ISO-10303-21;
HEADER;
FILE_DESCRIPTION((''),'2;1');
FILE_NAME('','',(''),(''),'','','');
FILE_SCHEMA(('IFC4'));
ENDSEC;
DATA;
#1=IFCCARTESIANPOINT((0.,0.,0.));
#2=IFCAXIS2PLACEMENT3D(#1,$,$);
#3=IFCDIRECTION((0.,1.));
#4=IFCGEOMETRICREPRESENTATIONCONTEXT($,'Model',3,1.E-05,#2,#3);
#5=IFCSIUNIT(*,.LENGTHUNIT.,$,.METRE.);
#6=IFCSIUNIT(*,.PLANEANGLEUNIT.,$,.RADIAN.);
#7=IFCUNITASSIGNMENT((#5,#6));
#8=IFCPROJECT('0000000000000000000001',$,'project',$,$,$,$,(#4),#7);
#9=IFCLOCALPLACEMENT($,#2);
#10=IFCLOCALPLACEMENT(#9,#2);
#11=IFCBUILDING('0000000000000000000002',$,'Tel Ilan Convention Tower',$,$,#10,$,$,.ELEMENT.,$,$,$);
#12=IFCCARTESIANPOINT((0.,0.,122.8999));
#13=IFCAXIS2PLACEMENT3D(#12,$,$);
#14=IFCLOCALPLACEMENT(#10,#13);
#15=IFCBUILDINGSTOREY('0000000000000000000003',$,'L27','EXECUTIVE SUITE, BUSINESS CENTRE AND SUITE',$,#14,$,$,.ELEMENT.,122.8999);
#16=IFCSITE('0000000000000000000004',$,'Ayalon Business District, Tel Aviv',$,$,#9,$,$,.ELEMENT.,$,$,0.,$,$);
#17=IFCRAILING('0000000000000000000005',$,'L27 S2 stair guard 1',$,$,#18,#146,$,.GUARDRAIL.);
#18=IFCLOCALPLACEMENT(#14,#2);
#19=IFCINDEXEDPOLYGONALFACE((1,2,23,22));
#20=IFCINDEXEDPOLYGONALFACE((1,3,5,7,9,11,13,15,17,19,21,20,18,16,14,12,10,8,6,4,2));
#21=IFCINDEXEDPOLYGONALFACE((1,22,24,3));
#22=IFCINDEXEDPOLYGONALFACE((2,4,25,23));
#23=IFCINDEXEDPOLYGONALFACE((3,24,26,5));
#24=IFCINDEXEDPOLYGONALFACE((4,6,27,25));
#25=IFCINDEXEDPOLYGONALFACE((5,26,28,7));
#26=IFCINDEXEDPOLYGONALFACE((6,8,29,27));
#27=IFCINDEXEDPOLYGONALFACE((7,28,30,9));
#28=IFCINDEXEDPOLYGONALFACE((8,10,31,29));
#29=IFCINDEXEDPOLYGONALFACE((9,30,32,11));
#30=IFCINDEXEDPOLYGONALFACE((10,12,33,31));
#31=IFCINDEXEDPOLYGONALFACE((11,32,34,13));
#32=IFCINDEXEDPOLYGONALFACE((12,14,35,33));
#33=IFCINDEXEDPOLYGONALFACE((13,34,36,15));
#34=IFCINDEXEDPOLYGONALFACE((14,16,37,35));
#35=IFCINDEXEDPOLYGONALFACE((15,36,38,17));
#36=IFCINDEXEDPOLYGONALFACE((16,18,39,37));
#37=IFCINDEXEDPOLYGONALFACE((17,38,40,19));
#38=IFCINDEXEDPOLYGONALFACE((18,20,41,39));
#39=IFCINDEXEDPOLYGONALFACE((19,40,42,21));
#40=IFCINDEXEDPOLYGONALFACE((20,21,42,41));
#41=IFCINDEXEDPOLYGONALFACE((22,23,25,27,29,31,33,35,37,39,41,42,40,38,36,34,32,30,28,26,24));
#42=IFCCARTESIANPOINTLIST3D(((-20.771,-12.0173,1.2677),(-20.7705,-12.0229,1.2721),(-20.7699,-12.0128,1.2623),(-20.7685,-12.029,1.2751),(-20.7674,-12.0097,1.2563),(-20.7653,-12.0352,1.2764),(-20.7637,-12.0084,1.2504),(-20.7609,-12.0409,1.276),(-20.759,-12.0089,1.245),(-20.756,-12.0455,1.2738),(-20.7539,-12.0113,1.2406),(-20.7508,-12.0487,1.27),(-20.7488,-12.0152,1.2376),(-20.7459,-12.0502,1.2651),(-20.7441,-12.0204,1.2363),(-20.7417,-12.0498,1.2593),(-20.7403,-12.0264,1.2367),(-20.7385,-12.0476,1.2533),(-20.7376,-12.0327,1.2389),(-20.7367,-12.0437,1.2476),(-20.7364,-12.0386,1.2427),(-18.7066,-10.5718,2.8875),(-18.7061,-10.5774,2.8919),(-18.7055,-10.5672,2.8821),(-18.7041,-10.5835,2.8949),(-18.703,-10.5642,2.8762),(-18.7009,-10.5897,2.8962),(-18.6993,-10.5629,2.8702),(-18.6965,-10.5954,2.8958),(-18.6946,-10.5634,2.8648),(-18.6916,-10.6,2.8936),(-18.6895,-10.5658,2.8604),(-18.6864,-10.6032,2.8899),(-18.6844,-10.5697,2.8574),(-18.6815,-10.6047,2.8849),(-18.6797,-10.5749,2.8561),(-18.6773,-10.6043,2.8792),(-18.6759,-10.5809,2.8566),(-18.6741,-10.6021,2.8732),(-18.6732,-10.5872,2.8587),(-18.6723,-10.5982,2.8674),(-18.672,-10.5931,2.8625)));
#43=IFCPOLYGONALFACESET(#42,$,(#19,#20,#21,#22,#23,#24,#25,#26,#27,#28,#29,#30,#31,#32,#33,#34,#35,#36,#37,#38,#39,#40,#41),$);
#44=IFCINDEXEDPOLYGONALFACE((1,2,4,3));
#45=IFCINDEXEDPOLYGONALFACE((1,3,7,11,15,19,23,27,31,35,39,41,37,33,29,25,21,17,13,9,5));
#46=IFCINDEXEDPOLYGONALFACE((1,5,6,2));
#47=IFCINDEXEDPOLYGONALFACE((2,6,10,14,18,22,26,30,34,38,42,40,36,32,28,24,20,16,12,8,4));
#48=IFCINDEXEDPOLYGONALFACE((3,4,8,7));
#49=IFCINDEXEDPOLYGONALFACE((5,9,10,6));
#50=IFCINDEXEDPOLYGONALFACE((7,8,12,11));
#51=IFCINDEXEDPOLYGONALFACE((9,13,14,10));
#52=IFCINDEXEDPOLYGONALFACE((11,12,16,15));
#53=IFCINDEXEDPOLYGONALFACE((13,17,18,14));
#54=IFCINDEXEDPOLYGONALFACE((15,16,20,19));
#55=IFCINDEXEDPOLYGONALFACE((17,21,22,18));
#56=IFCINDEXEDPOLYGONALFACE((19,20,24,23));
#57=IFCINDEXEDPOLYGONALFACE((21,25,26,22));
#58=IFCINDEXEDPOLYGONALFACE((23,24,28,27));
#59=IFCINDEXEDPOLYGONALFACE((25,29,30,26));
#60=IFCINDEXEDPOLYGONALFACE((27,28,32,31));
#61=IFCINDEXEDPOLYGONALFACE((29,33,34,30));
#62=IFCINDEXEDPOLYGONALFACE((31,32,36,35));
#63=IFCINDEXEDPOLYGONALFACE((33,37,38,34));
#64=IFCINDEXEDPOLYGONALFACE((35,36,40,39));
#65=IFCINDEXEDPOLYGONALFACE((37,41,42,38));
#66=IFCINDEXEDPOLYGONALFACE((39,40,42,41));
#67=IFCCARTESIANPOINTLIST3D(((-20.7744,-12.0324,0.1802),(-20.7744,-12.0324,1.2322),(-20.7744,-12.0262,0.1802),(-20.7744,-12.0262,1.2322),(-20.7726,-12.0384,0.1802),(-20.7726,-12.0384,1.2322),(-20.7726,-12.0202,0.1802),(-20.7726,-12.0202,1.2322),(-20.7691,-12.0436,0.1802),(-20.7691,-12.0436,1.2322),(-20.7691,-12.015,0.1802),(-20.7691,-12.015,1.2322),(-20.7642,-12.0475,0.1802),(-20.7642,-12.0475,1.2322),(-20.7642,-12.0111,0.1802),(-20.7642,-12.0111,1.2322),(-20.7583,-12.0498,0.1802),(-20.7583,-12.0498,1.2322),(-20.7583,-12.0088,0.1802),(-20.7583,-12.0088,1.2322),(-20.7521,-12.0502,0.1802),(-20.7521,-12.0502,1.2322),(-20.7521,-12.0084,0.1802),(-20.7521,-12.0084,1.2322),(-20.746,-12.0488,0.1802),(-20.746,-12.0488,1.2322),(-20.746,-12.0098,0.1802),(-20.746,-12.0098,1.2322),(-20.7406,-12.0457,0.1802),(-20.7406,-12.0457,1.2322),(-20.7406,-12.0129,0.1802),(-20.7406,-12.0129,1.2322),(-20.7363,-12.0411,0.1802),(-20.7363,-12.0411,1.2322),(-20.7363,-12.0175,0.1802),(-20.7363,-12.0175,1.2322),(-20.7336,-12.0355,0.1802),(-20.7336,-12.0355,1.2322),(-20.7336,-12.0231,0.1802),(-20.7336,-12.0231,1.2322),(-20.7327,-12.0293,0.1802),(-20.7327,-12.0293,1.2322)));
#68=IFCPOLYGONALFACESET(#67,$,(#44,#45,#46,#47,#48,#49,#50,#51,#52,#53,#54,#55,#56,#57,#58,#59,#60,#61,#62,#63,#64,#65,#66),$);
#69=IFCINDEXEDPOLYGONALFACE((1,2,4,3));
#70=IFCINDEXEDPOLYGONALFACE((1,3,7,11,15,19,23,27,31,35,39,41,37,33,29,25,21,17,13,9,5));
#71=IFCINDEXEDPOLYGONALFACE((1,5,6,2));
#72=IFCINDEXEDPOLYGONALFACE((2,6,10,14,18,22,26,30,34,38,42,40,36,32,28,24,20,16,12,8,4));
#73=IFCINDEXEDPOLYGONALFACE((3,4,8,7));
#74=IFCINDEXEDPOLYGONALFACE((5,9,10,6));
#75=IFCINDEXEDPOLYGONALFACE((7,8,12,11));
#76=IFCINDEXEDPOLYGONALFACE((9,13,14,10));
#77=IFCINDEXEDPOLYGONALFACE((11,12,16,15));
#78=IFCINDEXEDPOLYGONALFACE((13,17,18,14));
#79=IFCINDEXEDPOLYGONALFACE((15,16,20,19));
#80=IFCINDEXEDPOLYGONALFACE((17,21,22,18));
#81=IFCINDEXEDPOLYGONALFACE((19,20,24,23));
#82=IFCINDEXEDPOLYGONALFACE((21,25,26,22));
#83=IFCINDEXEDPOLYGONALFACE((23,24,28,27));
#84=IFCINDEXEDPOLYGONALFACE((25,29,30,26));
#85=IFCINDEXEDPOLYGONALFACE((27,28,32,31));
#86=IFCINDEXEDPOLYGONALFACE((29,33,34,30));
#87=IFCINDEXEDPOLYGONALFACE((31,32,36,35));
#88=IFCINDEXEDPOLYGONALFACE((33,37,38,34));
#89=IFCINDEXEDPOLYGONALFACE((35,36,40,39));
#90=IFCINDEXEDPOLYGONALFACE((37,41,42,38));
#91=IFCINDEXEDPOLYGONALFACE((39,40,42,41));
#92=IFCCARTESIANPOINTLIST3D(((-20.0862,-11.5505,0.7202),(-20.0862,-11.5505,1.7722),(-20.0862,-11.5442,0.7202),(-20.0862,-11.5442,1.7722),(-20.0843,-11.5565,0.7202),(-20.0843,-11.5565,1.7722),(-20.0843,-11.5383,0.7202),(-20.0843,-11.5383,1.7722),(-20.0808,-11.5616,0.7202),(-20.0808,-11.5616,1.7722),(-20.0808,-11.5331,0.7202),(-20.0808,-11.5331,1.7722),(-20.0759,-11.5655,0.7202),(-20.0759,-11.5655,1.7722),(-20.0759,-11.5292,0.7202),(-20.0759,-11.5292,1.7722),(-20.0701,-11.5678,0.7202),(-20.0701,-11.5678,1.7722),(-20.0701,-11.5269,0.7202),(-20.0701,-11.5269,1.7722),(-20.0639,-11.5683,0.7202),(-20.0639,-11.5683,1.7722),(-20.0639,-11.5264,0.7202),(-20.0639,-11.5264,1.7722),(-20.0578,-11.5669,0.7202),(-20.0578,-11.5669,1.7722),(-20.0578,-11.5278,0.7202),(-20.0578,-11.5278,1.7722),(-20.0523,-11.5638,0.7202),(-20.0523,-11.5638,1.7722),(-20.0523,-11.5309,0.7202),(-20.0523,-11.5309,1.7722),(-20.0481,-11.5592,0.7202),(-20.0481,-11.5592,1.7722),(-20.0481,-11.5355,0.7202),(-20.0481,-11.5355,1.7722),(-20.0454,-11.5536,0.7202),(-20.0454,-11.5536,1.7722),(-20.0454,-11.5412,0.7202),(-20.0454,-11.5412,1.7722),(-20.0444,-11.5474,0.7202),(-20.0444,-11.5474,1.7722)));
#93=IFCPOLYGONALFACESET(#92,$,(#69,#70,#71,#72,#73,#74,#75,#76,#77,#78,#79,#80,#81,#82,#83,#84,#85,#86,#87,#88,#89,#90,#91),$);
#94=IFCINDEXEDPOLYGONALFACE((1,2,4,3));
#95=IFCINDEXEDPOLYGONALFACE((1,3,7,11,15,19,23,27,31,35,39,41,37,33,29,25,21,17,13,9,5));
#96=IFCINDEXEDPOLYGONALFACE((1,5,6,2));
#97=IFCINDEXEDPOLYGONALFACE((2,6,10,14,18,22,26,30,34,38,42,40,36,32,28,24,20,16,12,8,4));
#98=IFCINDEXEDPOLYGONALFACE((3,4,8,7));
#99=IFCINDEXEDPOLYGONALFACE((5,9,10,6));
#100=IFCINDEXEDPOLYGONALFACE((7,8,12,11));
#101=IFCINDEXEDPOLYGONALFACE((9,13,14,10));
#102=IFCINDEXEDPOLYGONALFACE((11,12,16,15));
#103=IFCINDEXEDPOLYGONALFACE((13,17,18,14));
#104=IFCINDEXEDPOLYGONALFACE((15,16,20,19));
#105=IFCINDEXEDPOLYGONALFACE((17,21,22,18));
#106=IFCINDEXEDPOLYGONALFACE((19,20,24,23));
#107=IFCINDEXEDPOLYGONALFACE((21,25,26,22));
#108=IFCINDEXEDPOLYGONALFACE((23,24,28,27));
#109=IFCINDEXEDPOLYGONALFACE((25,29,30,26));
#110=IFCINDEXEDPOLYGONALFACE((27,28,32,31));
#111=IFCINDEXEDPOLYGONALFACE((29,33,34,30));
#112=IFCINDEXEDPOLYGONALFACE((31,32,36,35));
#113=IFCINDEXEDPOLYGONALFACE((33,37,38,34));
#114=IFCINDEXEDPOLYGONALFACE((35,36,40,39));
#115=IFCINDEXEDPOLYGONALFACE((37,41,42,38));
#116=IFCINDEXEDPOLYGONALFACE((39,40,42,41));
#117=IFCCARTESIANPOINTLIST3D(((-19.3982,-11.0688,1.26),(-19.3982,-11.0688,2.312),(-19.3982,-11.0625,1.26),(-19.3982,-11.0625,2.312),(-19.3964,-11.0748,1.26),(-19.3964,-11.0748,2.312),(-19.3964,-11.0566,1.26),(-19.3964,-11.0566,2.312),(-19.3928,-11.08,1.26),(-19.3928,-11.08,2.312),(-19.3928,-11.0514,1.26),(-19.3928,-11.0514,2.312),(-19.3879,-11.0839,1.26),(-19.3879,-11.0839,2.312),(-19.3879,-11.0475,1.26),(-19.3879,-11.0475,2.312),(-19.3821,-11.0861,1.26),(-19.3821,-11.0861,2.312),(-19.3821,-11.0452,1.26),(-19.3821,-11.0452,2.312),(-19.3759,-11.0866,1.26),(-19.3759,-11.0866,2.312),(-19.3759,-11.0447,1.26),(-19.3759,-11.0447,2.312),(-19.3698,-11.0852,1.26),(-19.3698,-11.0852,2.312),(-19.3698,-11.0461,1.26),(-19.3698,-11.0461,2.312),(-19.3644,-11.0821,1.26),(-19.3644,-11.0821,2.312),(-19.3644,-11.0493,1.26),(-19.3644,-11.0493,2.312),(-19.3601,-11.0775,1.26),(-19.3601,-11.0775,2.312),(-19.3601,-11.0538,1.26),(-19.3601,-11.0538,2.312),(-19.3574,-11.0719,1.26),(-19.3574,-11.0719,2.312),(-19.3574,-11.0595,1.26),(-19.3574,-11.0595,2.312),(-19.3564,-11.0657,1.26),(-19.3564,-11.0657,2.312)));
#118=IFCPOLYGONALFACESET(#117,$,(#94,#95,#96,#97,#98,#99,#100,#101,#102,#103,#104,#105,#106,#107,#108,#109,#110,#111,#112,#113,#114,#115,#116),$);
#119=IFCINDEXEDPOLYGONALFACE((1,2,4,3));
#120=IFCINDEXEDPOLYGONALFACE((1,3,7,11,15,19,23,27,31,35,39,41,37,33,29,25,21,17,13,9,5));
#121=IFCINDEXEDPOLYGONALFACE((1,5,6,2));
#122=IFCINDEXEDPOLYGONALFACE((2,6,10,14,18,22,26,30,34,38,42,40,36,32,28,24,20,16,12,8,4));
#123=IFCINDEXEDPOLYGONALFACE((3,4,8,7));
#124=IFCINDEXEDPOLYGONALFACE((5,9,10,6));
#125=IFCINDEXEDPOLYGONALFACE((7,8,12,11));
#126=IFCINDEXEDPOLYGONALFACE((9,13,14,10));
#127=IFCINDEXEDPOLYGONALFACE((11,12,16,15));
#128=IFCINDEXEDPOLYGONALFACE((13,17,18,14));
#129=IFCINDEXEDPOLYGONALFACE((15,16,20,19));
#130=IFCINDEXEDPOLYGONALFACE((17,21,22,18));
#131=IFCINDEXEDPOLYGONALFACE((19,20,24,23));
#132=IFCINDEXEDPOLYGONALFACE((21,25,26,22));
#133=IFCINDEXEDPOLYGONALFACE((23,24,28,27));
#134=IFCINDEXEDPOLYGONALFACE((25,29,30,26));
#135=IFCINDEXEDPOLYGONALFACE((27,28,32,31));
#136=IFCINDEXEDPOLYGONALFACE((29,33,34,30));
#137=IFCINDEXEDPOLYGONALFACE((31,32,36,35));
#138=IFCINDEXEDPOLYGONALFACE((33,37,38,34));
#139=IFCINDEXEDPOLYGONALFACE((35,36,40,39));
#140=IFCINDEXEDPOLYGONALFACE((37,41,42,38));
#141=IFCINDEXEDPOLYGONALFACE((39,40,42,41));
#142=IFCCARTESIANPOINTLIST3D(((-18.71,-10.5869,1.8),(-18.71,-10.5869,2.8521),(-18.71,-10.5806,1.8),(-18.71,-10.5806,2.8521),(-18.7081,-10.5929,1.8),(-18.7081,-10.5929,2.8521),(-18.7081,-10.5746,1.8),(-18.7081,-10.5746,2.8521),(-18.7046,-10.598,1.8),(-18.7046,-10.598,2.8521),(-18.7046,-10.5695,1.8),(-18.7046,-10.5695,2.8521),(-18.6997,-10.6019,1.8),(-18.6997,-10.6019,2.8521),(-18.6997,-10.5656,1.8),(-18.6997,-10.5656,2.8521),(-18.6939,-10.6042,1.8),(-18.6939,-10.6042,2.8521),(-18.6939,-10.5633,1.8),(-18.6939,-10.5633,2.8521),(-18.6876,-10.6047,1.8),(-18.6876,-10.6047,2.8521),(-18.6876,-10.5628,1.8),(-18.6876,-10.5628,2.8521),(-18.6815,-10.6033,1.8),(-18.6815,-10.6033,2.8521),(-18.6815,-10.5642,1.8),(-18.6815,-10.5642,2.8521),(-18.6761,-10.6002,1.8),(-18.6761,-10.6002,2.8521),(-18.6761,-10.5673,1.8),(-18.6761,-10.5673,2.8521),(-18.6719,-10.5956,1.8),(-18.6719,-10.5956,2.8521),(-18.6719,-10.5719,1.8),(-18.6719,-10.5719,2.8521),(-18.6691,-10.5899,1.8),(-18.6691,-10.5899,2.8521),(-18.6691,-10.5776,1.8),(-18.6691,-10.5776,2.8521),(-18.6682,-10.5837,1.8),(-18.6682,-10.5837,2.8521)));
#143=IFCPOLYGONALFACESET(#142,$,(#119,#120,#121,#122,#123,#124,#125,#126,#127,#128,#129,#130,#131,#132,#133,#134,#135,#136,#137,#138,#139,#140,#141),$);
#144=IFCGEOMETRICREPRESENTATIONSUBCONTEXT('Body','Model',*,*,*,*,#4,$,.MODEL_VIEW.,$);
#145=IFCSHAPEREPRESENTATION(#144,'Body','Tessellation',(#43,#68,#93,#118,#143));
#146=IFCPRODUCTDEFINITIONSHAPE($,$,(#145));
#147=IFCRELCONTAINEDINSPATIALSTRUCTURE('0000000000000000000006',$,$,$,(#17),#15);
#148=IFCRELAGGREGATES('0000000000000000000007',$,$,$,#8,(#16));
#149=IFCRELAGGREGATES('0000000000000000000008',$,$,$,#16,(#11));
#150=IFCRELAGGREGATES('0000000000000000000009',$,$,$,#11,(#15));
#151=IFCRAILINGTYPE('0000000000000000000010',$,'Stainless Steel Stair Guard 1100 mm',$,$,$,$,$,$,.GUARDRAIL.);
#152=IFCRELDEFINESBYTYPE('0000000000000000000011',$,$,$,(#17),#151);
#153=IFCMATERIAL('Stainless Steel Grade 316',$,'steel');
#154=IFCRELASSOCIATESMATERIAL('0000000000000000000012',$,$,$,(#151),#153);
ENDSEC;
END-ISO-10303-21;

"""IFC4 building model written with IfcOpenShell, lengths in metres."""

from ifc_helpers import new_model, si_unit, direction, frame, origin, origin_2d, place, context, subcontext, project, spatial, circle, extrude, material, type_object, element, save


model = new_model("IFC4")

# Units and contexts
model_context = context("Model", 3, precision=1e-05, world=origin(), true_north=direction((0.0, 1.0)))
body_context = subcontext(model_context, "Body", "Model", "MODEL_VIEW")
ifc_project = project(units=[si_unit("LENGTHUNIT", "METRE"), si_unit("PLANEANGLEUNIT", "RADIAN")], contexts=[model_context])

# Site, building, storey
site_placement = place(None, origin())
site = spatial("IfcSite", under=ifc_project, at=site_placement, Name="Ayalon Business District, Tel Aviv", CompositionType="ELEMENT", RefElevation=0.0)
building_placement = place(site_placement, origin())
building = spatial("IfcBuilding", under=site, at=building_placement, Name="Tel Ilan Convention Tower", CompositionType="ELEMENT")
storey_placement = place(building_placement, frame((0.0, 0.0, 122.8999)))
storey = spatial("IfcBuildingStorey", under=building, at=storey_placement, Name="L27", Description="EXECUTIVE SUITE, BUSINESS CENTRE AND SUITE", CompositionType="ELEMENT", Elevation=122.8999)

# Railing
ifc_material_1 = material(Name="Stainless Steel Grade 316", Category="steel")
railing_type_1 = type_object("IfcRailingType", Name="Stainless Steel Stair Guard 1100 mm", PredefinedType="GUARDRAIL", material=ifc_material_1)
railing_1_placement = place(storey_placement, frame((-20.7537, -12.0293, 0.1802)))
element("IfcRailing", 1, at=railing_1_placement, inside=storey, type_object=railing_type_1, Name="L27 S2 stair guard 1", PredefinedType="GUARDRAIL", context=body_context, shape_type="SweptSolid", body=[
    extrude(circle(Radius=0.0239, at=origin_2d()), frame((0.0, 0.0, 1.0762), z_axis=(0.689086, 0.482507, 0.540691), x_axis=(-0.573579, 0.81915, 0.0)), (0.0, 0.0, 1.0), 2.9958),
    extrude(circle(Radius=0.021, at=origin_2d()), origin(), (0.0, 0.0, 1.0), 1.052),
    extrude(circle(Radius=0.021, at=origin_2d()), frame((0.6882, 0.4819, 0.54)), (0.0, 0.0, 1.0), 1.052),
    extrude(circle(Radius=0.021, at=origin_2d()), frame((1.3762, 0.9636, 1.0798)), (0.0, 0.0, 1.0), 1.052),
    extrude(circle(Radius=0.021, at=origin_2d()), frame((2.0645, 1.4456, 1.6199)), (0.0, 0.0, 1.0), 1.052),
])

save(model, "model.ifc")
